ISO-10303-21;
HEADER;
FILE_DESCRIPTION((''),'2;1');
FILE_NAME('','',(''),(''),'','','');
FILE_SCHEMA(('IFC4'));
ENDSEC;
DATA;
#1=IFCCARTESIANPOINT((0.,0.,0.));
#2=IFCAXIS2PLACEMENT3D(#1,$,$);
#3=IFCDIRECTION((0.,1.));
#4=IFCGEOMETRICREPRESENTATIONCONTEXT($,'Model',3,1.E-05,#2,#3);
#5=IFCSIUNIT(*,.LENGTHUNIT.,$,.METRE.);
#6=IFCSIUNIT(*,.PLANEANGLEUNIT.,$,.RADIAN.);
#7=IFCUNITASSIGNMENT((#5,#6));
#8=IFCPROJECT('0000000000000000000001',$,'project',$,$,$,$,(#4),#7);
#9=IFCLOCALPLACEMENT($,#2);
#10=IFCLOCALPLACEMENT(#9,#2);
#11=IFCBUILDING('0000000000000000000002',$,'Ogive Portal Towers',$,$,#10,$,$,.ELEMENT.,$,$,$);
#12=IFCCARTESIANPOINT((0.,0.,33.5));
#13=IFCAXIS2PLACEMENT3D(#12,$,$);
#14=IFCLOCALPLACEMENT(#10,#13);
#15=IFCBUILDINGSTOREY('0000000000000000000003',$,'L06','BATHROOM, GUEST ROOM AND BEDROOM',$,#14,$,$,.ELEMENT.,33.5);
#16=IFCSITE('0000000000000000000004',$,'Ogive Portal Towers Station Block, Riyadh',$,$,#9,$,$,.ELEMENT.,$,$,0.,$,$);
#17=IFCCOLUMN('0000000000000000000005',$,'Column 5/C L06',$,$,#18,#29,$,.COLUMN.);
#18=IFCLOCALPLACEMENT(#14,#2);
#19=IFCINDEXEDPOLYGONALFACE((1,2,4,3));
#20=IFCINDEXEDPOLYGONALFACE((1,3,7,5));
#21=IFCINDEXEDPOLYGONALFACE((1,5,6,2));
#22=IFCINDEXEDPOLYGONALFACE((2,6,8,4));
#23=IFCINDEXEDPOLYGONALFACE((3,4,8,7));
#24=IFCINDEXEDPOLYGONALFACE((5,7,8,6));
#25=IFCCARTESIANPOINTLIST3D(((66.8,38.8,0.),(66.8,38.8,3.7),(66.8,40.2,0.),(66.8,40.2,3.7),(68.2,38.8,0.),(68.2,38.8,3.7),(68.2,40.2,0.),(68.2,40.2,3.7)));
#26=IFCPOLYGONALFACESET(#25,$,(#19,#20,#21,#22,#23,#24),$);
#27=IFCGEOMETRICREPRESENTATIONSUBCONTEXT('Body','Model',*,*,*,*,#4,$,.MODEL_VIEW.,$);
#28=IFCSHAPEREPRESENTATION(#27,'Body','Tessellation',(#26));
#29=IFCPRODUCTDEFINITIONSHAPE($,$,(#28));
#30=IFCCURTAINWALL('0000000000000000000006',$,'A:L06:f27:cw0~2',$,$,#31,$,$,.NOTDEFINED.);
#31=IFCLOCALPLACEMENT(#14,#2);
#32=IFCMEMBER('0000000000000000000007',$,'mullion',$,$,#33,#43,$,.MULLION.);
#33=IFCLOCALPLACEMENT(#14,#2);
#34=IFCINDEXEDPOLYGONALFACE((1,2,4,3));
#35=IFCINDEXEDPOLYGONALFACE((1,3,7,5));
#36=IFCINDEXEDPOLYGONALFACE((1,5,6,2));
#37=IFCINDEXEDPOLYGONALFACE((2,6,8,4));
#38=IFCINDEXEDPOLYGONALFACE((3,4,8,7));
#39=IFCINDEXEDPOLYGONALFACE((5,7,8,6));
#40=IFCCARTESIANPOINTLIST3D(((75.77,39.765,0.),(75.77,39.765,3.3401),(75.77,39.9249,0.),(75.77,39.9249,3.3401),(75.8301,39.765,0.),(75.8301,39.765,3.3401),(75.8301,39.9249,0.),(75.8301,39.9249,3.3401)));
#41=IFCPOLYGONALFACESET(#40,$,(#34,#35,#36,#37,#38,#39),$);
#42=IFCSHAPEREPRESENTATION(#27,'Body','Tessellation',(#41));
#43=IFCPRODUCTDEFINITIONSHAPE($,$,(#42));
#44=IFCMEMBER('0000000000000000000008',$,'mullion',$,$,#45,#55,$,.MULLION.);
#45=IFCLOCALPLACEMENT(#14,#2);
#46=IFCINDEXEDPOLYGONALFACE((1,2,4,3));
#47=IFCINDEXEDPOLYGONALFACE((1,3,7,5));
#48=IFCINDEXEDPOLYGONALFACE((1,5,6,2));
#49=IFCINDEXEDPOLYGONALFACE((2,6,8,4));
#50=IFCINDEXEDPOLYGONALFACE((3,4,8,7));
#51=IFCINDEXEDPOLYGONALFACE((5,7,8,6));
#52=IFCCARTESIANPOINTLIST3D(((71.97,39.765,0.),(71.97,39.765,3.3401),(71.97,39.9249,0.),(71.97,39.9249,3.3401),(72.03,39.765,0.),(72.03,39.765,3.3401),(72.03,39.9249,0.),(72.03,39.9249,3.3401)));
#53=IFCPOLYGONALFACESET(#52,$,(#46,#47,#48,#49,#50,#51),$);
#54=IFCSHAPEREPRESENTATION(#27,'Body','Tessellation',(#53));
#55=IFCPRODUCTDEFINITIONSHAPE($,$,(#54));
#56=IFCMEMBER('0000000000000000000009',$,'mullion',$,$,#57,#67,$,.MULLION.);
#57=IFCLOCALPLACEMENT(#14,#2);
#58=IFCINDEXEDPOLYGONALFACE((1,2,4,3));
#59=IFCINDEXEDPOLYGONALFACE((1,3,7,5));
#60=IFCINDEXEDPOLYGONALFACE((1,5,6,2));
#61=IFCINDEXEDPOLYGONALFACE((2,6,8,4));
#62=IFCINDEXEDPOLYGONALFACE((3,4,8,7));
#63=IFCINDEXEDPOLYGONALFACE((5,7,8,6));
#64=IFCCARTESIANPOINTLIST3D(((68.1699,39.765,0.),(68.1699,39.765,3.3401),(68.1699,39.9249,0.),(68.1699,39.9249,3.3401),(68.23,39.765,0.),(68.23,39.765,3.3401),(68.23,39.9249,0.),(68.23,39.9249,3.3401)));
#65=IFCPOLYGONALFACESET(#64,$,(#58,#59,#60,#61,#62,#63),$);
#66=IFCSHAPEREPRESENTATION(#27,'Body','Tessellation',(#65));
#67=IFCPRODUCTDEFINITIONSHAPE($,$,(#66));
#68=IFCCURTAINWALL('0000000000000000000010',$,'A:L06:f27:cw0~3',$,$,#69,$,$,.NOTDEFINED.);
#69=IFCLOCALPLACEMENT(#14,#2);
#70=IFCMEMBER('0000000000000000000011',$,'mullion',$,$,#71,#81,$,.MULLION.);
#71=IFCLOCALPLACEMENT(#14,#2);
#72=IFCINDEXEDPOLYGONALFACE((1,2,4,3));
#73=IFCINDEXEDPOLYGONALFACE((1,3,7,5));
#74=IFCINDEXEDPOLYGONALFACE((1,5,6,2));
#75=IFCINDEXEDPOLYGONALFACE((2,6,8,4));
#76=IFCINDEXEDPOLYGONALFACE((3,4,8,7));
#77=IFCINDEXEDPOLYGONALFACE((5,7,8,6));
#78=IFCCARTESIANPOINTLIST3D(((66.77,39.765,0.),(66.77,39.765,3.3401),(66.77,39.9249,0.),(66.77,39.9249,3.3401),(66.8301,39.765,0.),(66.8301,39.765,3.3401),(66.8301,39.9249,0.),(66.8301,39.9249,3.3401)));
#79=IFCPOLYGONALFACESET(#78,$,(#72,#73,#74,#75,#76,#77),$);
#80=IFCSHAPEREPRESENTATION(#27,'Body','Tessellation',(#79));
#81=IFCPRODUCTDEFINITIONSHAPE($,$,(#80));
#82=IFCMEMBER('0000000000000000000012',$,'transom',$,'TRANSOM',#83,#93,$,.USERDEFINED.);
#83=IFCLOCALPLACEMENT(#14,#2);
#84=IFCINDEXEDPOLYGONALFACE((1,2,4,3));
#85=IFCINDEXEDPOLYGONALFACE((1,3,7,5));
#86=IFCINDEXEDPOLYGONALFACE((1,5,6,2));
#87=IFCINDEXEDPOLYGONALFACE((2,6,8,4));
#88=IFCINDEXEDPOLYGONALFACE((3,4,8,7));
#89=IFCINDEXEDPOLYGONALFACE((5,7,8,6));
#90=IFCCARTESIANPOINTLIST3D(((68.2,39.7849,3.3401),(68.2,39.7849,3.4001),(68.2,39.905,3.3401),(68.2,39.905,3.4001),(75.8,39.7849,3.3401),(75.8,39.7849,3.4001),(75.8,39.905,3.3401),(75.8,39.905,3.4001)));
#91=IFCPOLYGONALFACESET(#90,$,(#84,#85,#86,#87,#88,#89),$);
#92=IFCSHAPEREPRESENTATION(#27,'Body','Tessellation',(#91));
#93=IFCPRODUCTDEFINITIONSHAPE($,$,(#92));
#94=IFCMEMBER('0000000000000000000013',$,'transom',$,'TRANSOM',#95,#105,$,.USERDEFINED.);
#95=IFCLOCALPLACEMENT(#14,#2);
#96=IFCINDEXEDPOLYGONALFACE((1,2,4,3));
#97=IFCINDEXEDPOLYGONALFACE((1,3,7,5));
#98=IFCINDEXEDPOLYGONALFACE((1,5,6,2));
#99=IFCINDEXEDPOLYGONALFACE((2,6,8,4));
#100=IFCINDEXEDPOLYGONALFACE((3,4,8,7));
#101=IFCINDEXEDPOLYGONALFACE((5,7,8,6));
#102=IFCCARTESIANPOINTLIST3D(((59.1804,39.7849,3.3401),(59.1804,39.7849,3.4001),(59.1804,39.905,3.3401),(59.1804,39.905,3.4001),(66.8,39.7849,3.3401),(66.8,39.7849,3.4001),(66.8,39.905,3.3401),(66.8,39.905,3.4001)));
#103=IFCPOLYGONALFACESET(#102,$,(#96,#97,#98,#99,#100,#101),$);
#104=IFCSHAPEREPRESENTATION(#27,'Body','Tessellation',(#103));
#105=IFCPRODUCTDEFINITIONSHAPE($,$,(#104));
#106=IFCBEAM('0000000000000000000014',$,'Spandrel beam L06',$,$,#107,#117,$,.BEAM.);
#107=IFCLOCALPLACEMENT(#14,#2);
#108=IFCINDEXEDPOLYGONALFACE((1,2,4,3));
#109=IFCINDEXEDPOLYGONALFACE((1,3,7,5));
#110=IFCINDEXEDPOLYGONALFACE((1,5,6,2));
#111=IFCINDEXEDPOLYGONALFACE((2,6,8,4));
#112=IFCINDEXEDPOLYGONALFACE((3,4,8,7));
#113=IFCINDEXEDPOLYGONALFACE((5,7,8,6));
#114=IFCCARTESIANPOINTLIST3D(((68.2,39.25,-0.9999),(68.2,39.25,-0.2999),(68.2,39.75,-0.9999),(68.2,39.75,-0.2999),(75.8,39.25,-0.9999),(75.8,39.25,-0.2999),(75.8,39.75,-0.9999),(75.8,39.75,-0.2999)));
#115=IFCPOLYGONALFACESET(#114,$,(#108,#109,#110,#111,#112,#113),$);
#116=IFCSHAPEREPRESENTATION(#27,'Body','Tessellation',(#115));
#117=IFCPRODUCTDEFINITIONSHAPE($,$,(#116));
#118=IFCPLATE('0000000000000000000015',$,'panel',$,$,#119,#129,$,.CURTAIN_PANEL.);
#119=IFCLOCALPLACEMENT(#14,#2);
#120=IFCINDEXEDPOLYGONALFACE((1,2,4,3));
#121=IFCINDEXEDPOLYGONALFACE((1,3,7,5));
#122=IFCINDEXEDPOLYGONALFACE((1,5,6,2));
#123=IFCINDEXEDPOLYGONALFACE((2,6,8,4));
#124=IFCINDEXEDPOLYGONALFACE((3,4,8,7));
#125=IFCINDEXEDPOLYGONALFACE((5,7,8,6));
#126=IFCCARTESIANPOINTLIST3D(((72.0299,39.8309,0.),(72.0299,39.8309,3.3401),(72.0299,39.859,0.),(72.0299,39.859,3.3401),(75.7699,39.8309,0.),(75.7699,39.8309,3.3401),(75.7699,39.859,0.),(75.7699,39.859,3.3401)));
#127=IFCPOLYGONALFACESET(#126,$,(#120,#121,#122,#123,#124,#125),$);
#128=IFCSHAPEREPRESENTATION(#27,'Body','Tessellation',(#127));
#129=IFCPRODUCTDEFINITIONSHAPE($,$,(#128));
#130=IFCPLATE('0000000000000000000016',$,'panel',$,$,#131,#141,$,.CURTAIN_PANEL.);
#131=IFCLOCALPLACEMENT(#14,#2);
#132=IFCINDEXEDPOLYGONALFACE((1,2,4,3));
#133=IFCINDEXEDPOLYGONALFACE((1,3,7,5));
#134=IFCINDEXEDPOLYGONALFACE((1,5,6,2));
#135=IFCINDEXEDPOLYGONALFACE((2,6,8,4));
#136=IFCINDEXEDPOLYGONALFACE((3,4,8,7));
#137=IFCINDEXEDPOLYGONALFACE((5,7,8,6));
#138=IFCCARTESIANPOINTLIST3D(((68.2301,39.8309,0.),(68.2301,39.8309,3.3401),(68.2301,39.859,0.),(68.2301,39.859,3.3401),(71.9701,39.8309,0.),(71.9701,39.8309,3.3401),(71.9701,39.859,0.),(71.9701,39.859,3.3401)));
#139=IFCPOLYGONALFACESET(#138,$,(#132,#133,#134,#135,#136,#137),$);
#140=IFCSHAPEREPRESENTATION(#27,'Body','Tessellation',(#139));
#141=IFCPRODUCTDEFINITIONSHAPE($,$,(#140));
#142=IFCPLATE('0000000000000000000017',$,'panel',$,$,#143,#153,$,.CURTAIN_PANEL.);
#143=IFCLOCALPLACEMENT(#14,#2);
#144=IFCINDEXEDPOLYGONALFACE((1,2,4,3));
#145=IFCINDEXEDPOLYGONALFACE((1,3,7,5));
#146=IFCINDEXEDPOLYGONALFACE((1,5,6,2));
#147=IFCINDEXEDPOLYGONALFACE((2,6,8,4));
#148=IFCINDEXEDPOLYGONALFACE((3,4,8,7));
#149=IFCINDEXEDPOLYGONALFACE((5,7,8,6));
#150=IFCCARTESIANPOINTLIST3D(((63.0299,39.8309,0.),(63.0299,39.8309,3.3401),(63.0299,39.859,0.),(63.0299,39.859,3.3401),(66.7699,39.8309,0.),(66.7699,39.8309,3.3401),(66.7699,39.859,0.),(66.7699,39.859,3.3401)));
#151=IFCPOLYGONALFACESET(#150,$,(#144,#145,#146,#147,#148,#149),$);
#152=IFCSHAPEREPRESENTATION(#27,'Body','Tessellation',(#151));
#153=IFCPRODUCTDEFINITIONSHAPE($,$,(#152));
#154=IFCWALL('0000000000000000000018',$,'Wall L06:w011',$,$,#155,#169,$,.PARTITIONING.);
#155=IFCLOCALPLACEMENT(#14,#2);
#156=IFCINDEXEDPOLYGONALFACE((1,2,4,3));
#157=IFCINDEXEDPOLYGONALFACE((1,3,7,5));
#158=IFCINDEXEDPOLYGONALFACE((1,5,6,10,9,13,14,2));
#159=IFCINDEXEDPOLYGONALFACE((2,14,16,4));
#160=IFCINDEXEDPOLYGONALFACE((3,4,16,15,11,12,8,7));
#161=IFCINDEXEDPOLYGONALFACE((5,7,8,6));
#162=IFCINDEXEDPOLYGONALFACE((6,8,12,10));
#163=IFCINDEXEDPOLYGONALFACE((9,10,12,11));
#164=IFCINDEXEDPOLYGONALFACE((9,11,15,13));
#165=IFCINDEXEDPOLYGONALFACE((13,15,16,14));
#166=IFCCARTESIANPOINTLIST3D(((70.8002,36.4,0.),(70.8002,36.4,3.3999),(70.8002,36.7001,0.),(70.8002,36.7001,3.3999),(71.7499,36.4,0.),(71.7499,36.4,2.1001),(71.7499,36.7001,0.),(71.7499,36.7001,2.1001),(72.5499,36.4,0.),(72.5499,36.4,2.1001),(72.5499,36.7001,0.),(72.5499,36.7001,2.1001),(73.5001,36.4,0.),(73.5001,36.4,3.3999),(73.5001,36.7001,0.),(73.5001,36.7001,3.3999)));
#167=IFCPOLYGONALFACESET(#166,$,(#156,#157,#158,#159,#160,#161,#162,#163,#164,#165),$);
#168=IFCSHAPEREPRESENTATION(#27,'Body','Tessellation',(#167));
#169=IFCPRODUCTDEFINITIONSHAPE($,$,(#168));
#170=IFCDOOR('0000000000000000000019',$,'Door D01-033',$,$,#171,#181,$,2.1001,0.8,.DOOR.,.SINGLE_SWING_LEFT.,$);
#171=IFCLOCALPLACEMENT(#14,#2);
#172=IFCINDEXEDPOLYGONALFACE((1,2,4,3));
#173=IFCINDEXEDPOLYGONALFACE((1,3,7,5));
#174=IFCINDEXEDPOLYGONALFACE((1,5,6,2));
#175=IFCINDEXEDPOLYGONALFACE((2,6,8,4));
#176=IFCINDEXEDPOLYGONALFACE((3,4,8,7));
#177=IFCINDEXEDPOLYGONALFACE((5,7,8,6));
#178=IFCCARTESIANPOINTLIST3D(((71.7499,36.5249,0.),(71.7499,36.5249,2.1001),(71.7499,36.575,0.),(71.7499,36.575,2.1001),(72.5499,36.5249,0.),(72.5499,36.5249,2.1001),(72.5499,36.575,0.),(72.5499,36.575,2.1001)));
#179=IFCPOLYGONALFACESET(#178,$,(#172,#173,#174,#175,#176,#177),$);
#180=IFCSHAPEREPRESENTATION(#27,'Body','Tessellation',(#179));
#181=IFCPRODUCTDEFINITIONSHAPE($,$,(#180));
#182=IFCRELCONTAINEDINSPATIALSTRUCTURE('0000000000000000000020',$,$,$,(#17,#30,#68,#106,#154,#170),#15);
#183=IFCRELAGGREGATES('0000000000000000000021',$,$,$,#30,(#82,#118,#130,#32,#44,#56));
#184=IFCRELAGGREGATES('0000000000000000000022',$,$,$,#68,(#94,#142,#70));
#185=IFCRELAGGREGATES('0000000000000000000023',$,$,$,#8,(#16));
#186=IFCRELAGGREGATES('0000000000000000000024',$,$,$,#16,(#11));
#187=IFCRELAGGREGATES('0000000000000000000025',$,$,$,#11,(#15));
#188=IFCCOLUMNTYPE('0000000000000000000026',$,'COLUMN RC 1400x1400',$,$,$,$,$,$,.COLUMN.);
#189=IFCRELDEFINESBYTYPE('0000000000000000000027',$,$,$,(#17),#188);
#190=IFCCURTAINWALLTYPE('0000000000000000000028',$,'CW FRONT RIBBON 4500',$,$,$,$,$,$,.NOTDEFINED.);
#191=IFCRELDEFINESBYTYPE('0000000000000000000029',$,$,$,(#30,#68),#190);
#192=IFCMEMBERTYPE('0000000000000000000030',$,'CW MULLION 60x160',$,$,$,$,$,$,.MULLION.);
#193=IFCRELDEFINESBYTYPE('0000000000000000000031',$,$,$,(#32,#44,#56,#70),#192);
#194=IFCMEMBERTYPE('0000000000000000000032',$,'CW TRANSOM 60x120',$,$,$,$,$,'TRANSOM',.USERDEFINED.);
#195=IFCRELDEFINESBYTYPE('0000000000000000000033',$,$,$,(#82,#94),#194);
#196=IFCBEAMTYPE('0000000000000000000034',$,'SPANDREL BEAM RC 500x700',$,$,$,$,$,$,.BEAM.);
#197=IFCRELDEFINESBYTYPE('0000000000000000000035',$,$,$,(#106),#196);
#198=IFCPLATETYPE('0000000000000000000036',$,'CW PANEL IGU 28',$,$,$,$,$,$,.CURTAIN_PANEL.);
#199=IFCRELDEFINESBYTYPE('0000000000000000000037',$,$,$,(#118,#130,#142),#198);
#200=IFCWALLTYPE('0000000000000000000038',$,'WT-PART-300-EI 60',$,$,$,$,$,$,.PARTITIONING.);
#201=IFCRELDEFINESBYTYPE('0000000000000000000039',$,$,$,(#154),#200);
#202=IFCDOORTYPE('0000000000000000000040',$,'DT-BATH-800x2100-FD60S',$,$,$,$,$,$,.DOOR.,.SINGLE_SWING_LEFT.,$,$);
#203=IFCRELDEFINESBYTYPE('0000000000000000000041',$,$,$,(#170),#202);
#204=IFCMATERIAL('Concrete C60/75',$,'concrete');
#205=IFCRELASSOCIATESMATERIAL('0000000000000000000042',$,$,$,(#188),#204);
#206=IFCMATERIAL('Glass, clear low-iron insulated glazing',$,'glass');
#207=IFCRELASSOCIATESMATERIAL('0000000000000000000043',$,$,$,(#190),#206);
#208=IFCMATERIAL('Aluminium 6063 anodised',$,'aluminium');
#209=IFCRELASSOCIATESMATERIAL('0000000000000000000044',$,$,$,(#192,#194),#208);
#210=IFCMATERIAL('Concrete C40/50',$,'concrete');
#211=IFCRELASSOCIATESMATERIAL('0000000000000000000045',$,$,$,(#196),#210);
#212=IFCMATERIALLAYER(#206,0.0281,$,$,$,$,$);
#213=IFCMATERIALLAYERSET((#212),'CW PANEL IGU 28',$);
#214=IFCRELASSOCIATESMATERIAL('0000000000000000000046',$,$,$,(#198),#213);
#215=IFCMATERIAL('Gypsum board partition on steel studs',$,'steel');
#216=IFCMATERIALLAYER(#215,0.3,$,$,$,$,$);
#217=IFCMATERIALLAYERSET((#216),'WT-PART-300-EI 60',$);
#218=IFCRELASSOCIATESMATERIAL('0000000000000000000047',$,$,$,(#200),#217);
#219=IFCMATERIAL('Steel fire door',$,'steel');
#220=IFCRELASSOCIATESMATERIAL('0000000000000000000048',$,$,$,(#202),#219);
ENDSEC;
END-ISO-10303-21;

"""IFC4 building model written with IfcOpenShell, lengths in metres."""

from ifc_helpers import new_model, si_unit, direction, frame, frame_2d, origin, origin_2d, place, context, subcontext, project, spatial, rectangle, extrude, material, layer, layer_set, material_profile, profile_set, type_object, element, fill, aggregate, save


model = new_model("IFC4")

# Units and contexts
model_context = context("Model", 3, precision=1e-05, world=origin(), true_north=direction((0.0, 1.0)))
body_context = subcontext(model_context, "Body", "Model", "MODEL_VIEW")
ifc_project = project(units=[si_unit("LENGTHUNIT", "METRE"), si_unit("PLANEANGLEUNIT", "RADIAN")], contexts=[model_context])

# Site, building, storey
site_placement = place(None, origin())
site = spatial("IfcSite", under=ifc_project, at=site_placement, Name="Ogive Portal Towers Station Block, Riyadh", CompositionType="ELEMENT", RefElevation=0.0)
building_placement = place(site_placement, origin())
building = spatial("IfcBuilding", under=site, at=building_placement, Name="Ogive Portal Towers", CompositionType="ELEMENT")
storey_placement = place(building_placement, frame((0.0, 0.0, 33.5)))
storey = spatial("IfcBuildingStorey", under=building, at=storey_placement, Name="L06", Description="BATHROOM, GUEST ROOM AND BEDROOM", CompositionType="ELEMENT", Elevation=33.5)

# Column
ifc_material_1 = material(Name="Concrete C60/75", Category="concrete")
ifc_material_profile_1 = material_profile(ifc_material_1, rectangle(XDim=1.3999, YDim=1.3999, at=origin_2d()), Name="RC 1400x1400")
ifc_profile_set_1 = profile_set([ifc_material_profile_1], Name="Concrete C60/75")
column_type = type_object("IfcColumnType", Name="COLUMN RC 1400x1400", PredefinedType="COLUMN", material=ifc_profile_set_1)
column_placement = place(storey_placement, frame((67.5, 39.5, 0.0), z_axis=(0.0, 0.0, 1.0), x_axis=(1.0, 0.0, 0.0)))
element("IfcColumn", 1, at=column_placement, inside=storey, type_object=column_type, Name="Column 5/C L06", PredefinedType="COLUMN", context=body_context, shape_type="SweptSolid", body=[
    extrude(rectangle(XDim=1.3999, YDim=1.3999, at=origin_2d()), origin(), (0.0, 0.0, 1.0), 3.7),
])

# Curtain wall, members
ifc_material_2 = material(Name="Glass, clear low-iron insulated glazing", Category="glass")
curtain_wall_type = type_object("IfcCurtainWallType", Name="CW FRONT RIBBON 4500", PredefinedType="NOTDEFINED", material=ifc_material_2)
curtain_wall_1_placement = place(storey_placement, origin())
curtain_wall_1 = element("IfcCurtainWall", 2, at=curtain_wall_1_placement, inside=storey, type_object=curtain_wall_type, Name="A:L06:f27:cw0~2", PredefinedType="NOTDEFINED")
ifc_material_3 = material(Name="Aluminium 6063 anodised", Category="aluminium")
ifc_material_profile_2 = material_profile(ifc_material_3, rectangle(XDim=0.1599, YDim=0.0601, at=origin_2d()), Name="AL 60x160")
ifc_profile_set_2 = profile_set([ifc_material_profile_2], Name="Aluminium 6063 anodised")
member_type_1 = type_object("IfcMemberType", Name="CW MULLION 60x160", PredefinedType="MULLION", material=ifc_profile_set_2)
member_1_placement = place(storey_placement, frame((75.8, 39.845, 0.0), z_axis=(0.0, 0.0, 1.0), x_axis=(0.0, -1.0, 0.0)))
member_1 = element("IfcMember", 3, at=member_1_placement, type_object=member_type_1, Name="mullion", PredefinedType="MULLION", context=body_context, shape_type="SweptSolid", body=[
    extrude(rectangle(XDim=0.1599, YDim=0.0601, at=origin_2d()), origin(), (0.0, 0.0, 1.0), 3.3401),
])
member_2_placement = place(storey_placement, frame((72.0, 39.845, 0.0), z_axis=(0.0, 0.0, 1.0), x_axis=(0.0, -1.0, 0.0)))
member_2 = element("IfcMember", 4, at=member_2_placement, type_object=member_type_1, Name="mullion", PredefinedType="MULLION", context=body_context, shape_type="SweptSolid", body=[
    extrude(rectangle(XDim=0.1599, YDim=0.0601, at=origin_2d()), origin(), (0.0, 0.0, 1.0), 3.3401),
])
member_3_placement = place(storey_placement, frame((68.2, 39.845, 0.0), z_axis=(0.0, 0.0, 1.0), x_axis=(0.0, -1.0, 0.0)))
member_3 = element("IfcMember", 5, at=member_3_placement, type_object=member_type_1, Name="mullion", PredefinedType="MULLION", context=body_context, shape_type="SweptSolid", body=[
    extrude(rectangle(XDim=0.1599, YDim=0.0601, at=origin_2d()), origin(), (0.0, 0.0, 1.0), 3.3401),
])

# Curtain wall, member
curtain_wall_2_placement = place(storey_placement, origin())
curtain_wall_2 = element("IfcCurtainWall", 6, at=curtain_wall_2_placement, inside=storey, type_object=curtain_wall_type, Name="A:L06:f27:cw0~3", PredefinedType="NOTDEFINED")
member_4_placement = place(storey_placement, frame((66.8, 39.845, 0.0), z_axis=(0.0, 0.0, 1.0), x_axis=(0.0, -1.0, 0.0)))
member_4 = element("IfcMember", 7, at=member_4_placement, type_object=member_type_1, Name="mullion", PredefinedType="MULLION", context=body_context, shape_type="SweptSolid", body=[
    extrude(rectangle(XDim=0.1599, YDim=0.0601, at=origin_2d()), origin(), (0.0, 0.0, 1.0), 3.3401),
])

# Members
ifc_material_profile_3 = material_profile(ifc_material_3, rectangle(XDim=0.1201, YDim=0.0601, at=origin_2d()), Name="AL 120x60")
ifc_profile_set_3 = profile_set([ifc_material_profile_3], Name="Aluminium 6063 anodised")
member_type_2 = type_object("IfcMemberType", Name="CW TRANSOM 60x120", ElementType="TRANSOM", PredefinedType="USERDEFINED", material=ifc_profile_set_3)
member_5_placement = place(storey_placement, frame((75.8, 39.845, 3.3701), z_axis=(-1.0, 0.0, 0.0), x_axis=(0.0, -1.0, 0.0)))
member_5 = element("IfcMember", 8, at=member_5_placement, type_object=member_type_2, Name="transom", ObjectType="TRANSOM", PredefinedType="USERDEFINED", context=body_context, shape_type="SweptSolid", body=[
    extrude(rectangle(XDim=0.1201, YDim=0.0601, at=origin_2d()), origin(), (0.0, 0.0, 1.0), 7.6001),
])
member_6_placement = place(storey_placement, frame((66.8, 39.845, 3.3701), z_axis=(-1.0, 0.0, 0.0), x_axis=(0.0, -1.0, 0.0)))
member_6 = element("IfcMember", 9, at=member_6_placement, type_object=member_type_2, Name="transom", ObjectType="TRANSOM", PredefinedType="USERDEFINED", context=body_context, shape_type="SweptSolid", body=[
    extrude(rectangle(XDim=0.1201, YDim=0.0601, at=origin_2d()), origin(), (0.0, 0.0, 1.0), 7.6196),
])

# Beam
ifc_material_4 = material(Name="Concrete C40/50", Category="concrete")
ifc_material_profile_4 = material_profile(ifc_material_4, rectangle(XDim=0.5, YDim=0.7, at=origin_2d()), Name="RC 500x700")
ifc_profile_set_4 = profile_set([ifc_material_profile_4], Name="Concrete C40/50")
beam_type = type_object("IfcBeamType", Name="SPANDREL BEAM RC 500x700", PredefinedType="BEAM", material=ifc_profile_set_4)
beam_placement = place(storey_placement, frame((68.2, 39.5, -0.6499), z_axis=(1.0, 0.0, 0.0), x_axis=(0.0, 1.0, 0.0)))
element("IfcBeam", 10, at=beam_placement, inside=storey, type_object=beam_type, Name="Spandrel beam L06", PredefinedType="BEAM", context=body_context, shape_type="SweptSolid", body=[
    extrude(rectangle(XDim=0.5, YDim=0.7, at=origin_2d()), origin(), (0.0, 0.0, 1.0), 7.6001),
])

# Plates
ifc_layer_1 = layer(ifc_material_2, 0.0281)
ifc_layer_set_1 = layer_set([ifc_layer_1], Name="CW PANEL IGU 28")
plate_type = type_object("IfcPlateType", Name="CW PANEL IGU 28", PredefinedType="CURTAIN_PANEL", material=ifc_layer_set_1)
plate_1_placement = place(storey_placement, frame((73.8999, 39.845, 0.0), z_axis=(0.0, 0.0, 1.0), x_axis=(-1.0, 0.0, 0.0)))
plate_1 = element("IfcPlate", 11, at=plate_1_placement, type_object=plate_type, Name="panel", PredefinedType="CURTAIN_PANEL", context=body_context, shape_type="SweptSolid", body=[
    extrude(rectangle(XDim=3.74, YDim=0.0281, at=origin_2d()), origin(), (0.0, 0.0, 1.0), 3.3401),
])
plate_2_placement = place(storey_placement, frame((70.1001, 39.845, 0.0), z_axis=(0.0, 0.0, 1.0), x_axis=(-1.0, 0.0, 0.0)))
plate_2 = element("IfcPlate", 12, at=plate_2_placement, type_object=plate_type, Name="panel", PredefinedType="CURTAIN_PANEL", context=body_context, shape_type="SweptSolid", body=[
    extrude(rectangle(XDim=3.74, YDim=0.0281, at=origin_2d()), origin(), (0.0, 0.0, 1.0), 3.3401),
])
aggregate(curtain_wall_1, [member_5, plate_1, plate_2, member_1, member_2, member_3])
plate_3_placement = place(storey_placement, frame((64.8999, 39.845, 0.0), z_axis=(0.0, 0.0, 1.0), x_axis=(-1.0, 0.0, 0.0)))
plate_3 = element("IfcPlate", 13, at=plate_3_placement, type_object=plate_type, Name="panel", PredefinedType="CURTAIN_PANEL", context=body_context, shape_type="SweptSolid", body=[
    extrude(rectangle(XDim=3.74, YDim=0.0281, at=origin_2d()), origin(), (0.0, 0.0, 1.0), 3.3401),
])
aggregate(curtain_wall_2, [member_6, plate_3, member_4])

# Wall, opening, door
ifc_material_5 = material(Name="Gypsum board partition on steel studs", Category="steel")
ifc_layer_2 = layer(ifc_material_5, 0.3)
ifc_layer_set_2 = layer_set([ifc_layer_2], Name="WT-PART-300-EI 60")
wall_type = type_object("IfcWallType", Name="WT-PART-300-EI 60", PredefinedType="PARTITIONING", material=ifc_layer_set_2)
wall_1_placement = place(storey_placement, frame((70.8, 36.55, 0.0), z_axis=(0.0, 0.0, 1.0), x_axis=(1.0, 0.0, 0.0)))
wall_1 = element("IfcWall", 14, at=wall_1_placement, inside=storey, type_object=wall_type, Name="Wall L06:w011", PredefinedType="PARTITIONING", context=body_context, shape_type="SweptSolid", body=[
    extrude(rectangle(XDim=2.7, YDim=0.3, at=frame_2d((1.3501, 0.0))), origin(), (0.0, 0.0, 1.0), 3.3999),
])
opening_1_placement = place(wall_1_placement, frame((0.95, 0.0, 0.0)))
opening_1 = element("IfcOpeningElement", 15, at=opening_1_placement, cuts=wall_1, PredefinedType="OPENING", context=body_context, shape_type="SweptSolid", body=[
    extrude(rectangle(XDim=0.8, YDim=2.1001, at=frame_2d((0.3999, 1.05))), frame((0.0, 0.1602, 0.0), z_axis=(0.0, -1.0, 0.0), x_axis=(1.0, 0.0, 0.0)), (0.0, 0.0, 1.0), 0.3201),
])
ifc_material_6 = material(Name="Steel fire door", Category="steel")
door_type = type_object("IfcDoorType", Name="DT-BATH-800x2100-FD60S", OperationType="SINGLE_SWING_LEFT", PredefinedType="DOOR", material=ifc_material_6)
door_1_placement = place(opening_1_placement, origin())
door_1 = element("IfcDoor", 16, at=door_1_placement, inside=storey, type_object=door_type, Name="Door D01-033", OperationType="SINGLE_SWING_LEFT", OverallHeight=2.1001, OverallWidth=0.8, PredefinedType="DOOR", context=body_context, shape_type="SweptSolid", body=[
    extrude(rectangle(XDim=0.8, YDim=2.1001, at=frame_2d((0.3999, 1.05))), frame((0.0, 0.0249, 0.0), z_axis=(0.0, -1.0, 0.0), x_axis=(1.0, 0.0, 0.0)), (0.0, 0.0, 1.0), 0.05),
])
fill(opening_1, door_1)

save(model, "model.ifc")
